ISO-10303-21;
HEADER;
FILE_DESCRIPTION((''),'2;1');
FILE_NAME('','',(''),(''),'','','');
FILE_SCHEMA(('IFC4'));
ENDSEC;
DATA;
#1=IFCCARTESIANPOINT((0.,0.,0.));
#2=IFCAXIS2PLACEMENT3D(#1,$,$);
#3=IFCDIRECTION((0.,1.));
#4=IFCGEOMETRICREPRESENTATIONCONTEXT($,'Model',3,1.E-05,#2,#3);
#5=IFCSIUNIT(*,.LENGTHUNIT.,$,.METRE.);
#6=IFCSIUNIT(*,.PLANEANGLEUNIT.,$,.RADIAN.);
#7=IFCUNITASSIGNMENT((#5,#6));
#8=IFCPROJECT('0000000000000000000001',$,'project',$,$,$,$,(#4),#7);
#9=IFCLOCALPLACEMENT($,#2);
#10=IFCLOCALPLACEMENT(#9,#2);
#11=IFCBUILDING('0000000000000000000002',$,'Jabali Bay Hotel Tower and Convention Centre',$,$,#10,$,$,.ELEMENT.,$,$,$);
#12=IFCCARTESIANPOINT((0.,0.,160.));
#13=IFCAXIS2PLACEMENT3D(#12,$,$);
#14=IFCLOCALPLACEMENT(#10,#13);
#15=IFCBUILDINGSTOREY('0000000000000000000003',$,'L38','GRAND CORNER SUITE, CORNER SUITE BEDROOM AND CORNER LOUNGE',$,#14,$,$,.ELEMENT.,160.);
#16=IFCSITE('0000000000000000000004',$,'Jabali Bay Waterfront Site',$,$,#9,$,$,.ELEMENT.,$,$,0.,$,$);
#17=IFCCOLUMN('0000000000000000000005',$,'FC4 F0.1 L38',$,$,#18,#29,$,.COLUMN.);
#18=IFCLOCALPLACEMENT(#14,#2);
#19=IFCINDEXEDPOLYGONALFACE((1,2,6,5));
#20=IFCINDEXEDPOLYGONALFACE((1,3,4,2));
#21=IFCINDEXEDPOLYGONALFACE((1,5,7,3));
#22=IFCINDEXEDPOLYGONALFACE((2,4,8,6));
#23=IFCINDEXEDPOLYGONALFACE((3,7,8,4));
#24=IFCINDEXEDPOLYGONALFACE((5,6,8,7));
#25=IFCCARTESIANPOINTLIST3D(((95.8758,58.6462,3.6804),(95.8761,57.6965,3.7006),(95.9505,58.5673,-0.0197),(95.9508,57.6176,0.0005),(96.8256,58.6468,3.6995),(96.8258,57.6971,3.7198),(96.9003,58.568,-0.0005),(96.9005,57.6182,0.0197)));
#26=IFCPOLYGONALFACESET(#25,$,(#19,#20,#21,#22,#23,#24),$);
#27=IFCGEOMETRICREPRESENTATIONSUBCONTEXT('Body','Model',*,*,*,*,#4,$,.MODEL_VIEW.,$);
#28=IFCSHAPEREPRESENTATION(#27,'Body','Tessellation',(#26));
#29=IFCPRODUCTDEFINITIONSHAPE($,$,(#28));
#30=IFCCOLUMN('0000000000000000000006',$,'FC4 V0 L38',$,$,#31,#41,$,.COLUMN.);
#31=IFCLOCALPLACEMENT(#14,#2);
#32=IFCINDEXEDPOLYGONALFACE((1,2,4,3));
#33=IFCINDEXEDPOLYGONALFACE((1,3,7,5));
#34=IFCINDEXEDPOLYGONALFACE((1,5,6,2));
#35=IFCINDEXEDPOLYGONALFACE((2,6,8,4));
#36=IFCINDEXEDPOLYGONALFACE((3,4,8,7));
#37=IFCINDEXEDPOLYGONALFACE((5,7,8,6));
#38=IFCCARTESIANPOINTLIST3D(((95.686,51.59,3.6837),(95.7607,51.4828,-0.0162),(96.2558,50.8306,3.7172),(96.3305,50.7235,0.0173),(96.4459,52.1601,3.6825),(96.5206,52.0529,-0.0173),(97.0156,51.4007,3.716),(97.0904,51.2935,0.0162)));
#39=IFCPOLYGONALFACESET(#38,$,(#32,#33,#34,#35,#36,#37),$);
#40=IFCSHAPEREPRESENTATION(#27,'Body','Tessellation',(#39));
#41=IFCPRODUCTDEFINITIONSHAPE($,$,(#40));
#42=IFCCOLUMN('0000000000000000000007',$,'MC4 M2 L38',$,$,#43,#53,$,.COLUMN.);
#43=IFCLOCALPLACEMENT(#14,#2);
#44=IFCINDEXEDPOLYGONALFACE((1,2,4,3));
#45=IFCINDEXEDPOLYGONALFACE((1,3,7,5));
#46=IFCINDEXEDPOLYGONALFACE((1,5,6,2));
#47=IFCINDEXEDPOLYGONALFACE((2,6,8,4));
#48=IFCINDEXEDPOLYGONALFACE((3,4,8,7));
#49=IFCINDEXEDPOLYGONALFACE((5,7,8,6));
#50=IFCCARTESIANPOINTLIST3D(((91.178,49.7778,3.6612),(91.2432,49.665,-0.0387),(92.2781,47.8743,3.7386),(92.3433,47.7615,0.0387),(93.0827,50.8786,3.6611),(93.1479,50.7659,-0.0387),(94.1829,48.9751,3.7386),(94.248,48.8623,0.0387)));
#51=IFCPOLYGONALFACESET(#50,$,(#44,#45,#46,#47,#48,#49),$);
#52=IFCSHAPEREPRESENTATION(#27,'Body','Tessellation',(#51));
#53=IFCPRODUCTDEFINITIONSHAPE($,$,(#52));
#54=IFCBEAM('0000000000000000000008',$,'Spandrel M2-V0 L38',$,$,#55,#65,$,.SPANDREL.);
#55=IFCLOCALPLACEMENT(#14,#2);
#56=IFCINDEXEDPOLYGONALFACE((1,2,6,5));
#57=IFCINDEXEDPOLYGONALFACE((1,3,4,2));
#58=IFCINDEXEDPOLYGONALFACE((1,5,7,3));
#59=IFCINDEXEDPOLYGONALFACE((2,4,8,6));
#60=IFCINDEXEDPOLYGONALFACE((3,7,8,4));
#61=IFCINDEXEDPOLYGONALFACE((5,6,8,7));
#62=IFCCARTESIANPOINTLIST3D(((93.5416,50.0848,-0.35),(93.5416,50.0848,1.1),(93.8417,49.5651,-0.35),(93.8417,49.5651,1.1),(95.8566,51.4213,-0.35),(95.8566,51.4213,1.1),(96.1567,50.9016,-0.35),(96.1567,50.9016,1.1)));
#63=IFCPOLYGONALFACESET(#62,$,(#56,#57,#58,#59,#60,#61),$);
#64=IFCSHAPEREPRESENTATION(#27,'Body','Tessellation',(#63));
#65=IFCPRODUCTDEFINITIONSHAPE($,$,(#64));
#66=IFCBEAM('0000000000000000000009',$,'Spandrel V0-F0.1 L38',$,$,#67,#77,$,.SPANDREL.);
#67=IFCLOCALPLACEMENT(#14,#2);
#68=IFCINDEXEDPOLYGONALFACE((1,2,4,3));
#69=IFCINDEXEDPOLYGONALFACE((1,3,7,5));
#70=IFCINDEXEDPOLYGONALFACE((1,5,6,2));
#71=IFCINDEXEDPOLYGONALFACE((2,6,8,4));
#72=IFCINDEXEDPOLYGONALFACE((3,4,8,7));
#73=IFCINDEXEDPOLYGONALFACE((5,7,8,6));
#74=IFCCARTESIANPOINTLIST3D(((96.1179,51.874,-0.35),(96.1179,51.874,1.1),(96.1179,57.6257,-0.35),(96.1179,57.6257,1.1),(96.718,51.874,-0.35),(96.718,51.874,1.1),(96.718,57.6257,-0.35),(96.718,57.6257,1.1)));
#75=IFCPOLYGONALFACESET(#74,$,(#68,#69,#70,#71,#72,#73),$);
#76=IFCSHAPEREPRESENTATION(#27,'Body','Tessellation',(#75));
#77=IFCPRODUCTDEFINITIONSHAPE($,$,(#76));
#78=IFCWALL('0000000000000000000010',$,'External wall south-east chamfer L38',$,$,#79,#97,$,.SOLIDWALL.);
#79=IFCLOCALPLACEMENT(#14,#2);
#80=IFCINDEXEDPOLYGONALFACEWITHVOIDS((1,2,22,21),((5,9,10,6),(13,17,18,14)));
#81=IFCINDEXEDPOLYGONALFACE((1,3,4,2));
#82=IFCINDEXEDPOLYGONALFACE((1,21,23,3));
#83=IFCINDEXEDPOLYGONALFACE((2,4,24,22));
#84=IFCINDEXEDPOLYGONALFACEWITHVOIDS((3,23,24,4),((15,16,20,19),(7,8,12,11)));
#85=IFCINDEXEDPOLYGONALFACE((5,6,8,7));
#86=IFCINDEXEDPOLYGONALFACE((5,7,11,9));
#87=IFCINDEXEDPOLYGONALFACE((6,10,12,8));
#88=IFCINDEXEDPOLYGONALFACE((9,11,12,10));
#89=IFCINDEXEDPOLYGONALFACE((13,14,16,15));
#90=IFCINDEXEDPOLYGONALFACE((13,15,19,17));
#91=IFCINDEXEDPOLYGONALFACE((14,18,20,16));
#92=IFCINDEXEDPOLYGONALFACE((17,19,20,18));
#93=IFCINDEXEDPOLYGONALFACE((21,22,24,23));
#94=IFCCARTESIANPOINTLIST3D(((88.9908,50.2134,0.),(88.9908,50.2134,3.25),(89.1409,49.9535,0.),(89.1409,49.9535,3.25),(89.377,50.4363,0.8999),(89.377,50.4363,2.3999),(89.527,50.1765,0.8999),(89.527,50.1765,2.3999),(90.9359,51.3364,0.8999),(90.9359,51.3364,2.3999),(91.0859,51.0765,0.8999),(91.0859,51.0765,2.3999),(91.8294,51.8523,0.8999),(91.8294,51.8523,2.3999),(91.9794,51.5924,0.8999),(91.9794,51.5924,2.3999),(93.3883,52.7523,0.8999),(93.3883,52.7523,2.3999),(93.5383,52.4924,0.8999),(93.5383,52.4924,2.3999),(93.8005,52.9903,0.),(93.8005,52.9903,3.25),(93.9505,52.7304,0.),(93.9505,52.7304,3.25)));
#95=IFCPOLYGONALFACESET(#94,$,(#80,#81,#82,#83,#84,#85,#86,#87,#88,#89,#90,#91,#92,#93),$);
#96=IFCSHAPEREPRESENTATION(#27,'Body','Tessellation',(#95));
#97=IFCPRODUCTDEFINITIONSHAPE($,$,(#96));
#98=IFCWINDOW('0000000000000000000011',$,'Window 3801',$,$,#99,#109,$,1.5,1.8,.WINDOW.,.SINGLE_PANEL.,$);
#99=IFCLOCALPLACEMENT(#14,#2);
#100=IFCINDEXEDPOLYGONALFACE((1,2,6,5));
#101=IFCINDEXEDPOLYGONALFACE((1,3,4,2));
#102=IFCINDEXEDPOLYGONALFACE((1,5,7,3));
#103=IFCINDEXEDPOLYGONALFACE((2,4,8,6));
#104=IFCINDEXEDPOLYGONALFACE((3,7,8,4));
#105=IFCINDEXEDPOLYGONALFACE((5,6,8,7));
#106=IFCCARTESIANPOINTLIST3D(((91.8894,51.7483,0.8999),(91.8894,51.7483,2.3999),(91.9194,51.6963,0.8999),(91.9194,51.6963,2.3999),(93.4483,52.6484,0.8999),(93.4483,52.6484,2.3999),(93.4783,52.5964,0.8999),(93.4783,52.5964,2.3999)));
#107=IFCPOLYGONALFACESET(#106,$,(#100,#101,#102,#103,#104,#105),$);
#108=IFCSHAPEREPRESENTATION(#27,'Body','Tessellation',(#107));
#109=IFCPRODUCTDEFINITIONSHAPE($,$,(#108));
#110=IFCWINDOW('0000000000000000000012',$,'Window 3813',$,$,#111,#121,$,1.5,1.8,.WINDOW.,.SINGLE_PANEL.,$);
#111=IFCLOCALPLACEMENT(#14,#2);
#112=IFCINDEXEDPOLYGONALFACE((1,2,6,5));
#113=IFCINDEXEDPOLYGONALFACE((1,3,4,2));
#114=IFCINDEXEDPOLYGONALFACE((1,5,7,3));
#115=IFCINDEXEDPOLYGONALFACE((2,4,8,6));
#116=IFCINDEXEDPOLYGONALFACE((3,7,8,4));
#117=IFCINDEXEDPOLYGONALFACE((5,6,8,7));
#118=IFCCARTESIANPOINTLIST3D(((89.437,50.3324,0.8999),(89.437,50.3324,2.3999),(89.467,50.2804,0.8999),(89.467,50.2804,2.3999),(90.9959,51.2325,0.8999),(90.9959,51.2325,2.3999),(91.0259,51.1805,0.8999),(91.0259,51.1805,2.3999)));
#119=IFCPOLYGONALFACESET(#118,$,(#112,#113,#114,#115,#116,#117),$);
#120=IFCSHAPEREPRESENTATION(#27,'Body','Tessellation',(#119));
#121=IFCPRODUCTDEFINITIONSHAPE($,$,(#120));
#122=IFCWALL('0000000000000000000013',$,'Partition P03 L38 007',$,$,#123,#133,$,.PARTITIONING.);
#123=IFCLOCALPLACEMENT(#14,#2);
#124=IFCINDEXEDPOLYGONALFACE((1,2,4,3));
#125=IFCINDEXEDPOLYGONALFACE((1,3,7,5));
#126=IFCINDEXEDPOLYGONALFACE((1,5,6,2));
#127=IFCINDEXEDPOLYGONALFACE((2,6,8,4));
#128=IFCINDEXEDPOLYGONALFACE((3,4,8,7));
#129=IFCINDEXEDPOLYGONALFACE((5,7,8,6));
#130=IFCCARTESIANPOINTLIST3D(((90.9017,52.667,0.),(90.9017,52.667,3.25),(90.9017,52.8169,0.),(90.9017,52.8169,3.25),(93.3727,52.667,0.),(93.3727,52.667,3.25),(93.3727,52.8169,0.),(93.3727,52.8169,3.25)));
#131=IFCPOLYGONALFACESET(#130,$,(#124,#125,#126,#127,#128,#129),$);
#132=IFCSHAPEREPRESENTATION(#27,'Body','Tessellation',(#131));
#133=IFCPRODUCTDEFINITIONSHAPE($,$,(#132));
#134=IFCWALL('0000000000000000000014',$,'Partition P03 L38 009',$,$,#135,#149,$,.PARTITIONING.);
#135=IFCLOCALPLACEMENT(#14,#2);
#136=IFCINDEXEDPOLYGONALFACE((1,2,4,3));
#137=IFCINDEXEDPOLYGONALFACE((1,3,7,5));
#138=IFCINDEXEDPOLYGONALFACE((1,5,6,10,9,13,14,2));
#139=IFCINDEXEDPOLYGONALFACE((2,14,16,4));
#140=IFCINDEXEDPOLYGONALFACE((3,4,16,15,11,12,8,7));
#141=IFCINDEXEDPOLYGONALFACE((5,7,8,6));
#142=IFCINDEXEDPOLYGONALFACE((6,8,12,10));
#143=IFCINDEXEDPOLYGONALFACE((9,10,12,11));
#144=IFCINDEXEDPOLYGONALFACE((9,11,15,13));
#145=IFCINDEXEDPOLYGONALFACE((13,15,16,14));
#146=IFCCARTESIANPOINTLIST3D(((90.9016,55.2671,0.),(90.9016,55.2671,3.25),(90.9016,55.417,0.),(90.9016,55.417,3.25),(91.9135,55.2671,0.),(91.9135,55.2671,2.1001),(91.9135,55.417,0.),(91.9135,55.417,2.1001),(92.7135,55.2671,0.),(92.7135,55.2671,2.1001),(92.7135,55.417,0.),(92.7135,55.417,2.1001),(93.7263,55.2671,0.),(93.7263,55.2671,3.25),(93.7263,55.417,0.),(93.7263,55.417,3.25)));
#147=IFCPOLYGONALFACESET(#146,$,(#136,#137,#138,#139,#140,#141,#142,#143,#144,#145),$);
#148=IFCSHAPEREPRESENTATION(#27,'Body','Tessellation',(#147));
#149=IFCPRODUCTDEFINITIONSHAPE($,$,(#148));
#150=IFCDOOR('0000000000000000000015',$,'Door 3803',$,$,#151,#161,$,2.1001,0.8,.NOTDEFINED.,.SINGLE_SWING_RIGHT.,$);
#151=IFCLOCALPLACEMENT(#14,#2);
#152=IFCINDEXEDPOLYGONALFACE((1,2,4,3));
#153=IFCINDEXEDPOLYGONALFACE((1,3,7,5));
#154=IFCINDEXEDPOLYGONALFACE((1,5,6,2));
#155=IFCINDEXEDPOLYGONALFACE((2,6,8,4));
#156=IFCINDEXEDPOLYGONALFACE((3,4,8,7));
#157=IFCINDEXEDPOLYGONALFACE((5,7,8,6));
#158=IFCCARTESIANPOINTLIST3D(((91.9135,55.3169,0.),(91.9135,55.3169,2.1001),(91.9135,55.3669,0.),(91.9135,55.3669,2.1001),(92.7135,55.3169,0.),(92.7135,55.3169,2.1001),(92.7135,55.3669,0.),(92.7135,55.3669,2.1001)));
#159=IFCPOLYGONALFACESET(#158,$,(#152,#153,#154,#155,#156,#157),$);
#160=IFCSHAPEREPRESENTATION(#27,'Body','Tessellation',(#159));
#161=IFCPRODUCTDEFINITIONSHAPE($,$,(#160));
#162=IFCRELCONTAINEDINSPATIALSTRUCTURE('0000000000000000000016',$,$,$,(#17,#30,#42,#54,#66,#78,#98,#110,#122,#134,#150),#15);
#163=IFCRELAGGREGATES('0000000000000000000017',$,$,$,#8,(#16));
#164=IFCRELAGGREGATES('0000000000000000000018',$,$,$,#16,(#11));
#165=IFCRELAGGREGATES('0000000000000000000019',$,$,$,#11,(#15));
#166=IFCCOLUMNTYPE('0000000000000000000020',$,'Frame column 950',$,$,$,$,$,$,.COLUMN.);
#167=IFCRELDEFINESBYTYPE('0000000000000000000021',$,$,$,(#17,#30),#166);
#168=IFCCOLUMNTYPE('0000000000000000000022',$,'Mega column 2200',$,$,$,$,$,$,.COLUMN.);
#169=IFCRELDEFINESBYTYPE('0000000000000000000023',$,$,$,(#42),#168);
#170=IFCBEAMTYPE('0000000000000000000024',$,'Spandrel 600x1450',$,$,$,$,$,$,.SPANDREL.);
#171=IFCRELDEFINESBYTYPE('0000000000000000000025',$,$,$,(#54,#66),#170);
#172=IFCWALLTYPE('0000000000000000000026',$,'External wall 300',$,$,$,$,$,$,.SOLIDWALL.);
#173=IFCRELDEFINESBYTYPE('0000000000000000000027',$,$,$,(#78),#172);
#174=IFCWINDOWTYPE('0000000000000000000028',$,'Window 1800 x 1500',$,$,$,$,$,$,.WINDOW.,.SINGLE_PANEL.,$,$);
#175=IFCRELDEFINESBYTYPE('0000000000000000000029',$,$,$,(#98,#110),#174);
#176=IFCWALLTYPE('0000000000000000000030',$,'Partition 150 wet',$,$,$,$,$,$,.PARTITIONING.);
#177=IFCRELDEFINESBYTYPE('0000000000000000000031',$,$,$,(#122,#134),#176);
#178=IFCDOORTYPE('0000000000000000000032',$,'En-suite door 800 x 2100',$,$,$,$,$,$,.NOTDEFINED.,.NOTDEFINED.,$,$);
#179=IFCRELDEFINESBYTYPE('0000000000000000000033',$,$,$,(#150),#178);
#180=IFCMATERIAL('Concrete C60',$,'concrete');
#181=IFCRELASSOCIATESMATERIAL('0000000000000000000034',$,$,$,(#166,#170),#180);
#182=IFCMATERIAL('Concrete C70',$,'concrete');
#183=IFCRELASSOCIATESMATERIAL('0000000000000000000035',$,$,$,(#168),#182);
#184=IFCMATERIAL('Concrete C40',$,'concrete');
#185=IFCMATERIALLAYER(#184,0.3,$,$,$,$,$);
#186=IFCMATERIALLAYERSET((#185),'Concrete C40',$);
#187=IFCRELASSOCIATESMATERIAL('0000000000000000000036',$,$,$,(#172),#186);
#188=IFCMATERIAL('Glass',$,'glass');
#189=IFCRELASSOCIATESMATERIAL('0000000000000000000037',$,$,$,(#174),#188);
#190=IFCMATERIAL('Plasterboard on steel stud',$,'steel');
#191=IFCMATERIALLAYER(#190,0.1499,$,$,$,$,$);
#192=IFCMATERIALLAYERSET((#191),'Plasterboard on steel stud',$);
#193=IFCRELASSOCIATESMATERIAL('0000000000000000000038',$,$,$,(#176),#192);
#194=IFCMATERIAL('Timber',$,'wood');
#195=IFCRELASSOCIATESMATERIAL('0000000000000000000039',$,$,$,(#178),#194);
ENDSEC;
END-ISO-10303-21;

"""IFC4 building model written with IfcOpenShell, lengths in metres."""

from ifc_helpers import new_model, si_unit, direction, frame, frame_2d, origin, origin_2d, place, context, subcontext, project, spatial, rectangle, extrude, material, layer, layer_set, material_profile, profile_set, type_object, element, fill, save


model = new_model("IFC4")

# Units and contexts
model_context = context("Model", 3, precision=1e-05, world=origin(), true_north=direction((0.0, 1.0)))
body_context = subcontext(model_context, "Body", "Model", "MODEL_VIEW")
ifc_project = project(units=[si_unit("LENGTHUNIT", "METRE"), si_unit("PLANEANGLEUNIT", "RADIAN")], contexts=[model_context])

# Site, building, storey
site_placement = place(None, origin())
site = spatial("IfcSite", under=ifc_project, at=site_placement, Name="Jabali Bay Waterfront Site", CompositionType="ELEMENT", RefElevation=0.0)
building_placement = place(site_placement, origin())
building = spatial("IfcBuilding", under=site, at=building_placement, Name="Jabali Bay Hotel Tower and Convention Centre", CompositionType="ELEMENT")
storey_placement = place(building_placement, frame((0.0, 0.0, 160.0)))
storey = spatial("IfcBuildingStorey", under=building, at=storey_placement, Name="L38", Description="GRAND CORNER SUITE, CORNER SUITE BEDROOM AND CORNER LOUNGE", CompositionType="ELEMENT", Elevation=160.0)

# Columns
ifc_material_1 = material(Name="Concrete C60", Category="concrete")
ifc_material_profile_1 = material_profile(ifc_material_1, rectangle(XDim=0.95, YDim=0.95, at=origin_2d()), Name="Frame column 950")
ifc_profile_set_1 = profile_set([ifc_material_profile_1], Name="Concrete C60")
column_type_1 = type_object("IfcColumnType", Name="Frame column 950", PredefinedType="COLUMN", material=ifc_profile_set_1)
column_1_placement = place(storey_placement, frame((96.4255, 58.0928, 0.0), z_axis=(-0.020183, 0.021304, 0.999569), x_axis=(0.000228, -0.999773, 0.021313)))
element("IfcColumn", 1, at=column_1_placement, inside=storey, type_object=column_type_1, Name="FC4 F0.1 L38", PredefinedType="COLUMN", context=body_context, shape_type="SweptSolid", body=[
    extrude(rectangle(XDim=0.95, YDim=0.95, at=origin_2d()), origin(), (0.0, 0.0, 1.0), 3.7017),
])
column_2_placement = place(storey_placement, frame((96.4255, 51.3882, 0.0), z_axis=(-0.020179, 0.028949, 0.999377), x_axis=(-0.799917, -0.600109, 0.001232)))
element("IfcColumn", 2, at=column_2_placement, inside=storey, type_object=column_type_1, Name="FC4 V0 L38", PredefinedType="COLUMN", context=body_context, shape_type="SweptSolid", body=[
    extrude(rectangle(XDim=0.95, YDim=0.95, at=origin_2d()), origin(), (0.0, 0.0, 1.0), 3.7021),
])
ifc_material_2 = material(Name="Concrete C70", Category="concrete")
ifc_material_profile_2 = material_profile(ifc_material_2, rectangle(XDim=2.2, YDim=2.2, at=origin_2d()), Name="Mega column 2200")
ifc_profile_set_2 = profile_set([ifc_material_profile_2], Name="Concrete C70")
column_type_2 = type_object("IfcColumnType", Name="Mega column 2200", PredefinedType="COLUMN", material=ifc_profile_set_2)
column_3_placement = place(storey_placement, frame((92.7456, 49.2637, 0.0), z_axis=(-0.017607, 0.030466, 0.999381), x_axis=(-0.865808, -0.500377, 0.0)))
element("IfcColumn", 3, at=column_3_placement, inside=storey, type_object=column_type_2, Name="MC4 M2 L38", PredefinedType="COLUMN", context=body_context, shape_type="SweptSolid", body=[
    extrude(rectangle(XDim=2.2, YDim=2.2, at=origin_2d()), origin(), (0.0, 0.0, 1.0), 3.7021),
])

# Beams
ifc_material_profile_3 = material_profile(ifc_material_1, rectangle(XDim=0.6001, YDim=1.45, at=origin_2d()), Name="Spandrel 600x1450")
ifc_profile_set_3 = profile_set([ifc_material_profile_3], Name="Concrete C60")
beam_type = type_object("IfcBeamType", Name="Spandrel 600x1450", PredefinedType="SPANDREL", material=ifc_profile_set_3)
beam_1_placement = place(storey_placement, frame((93.6917, 49.825, 0.375), z_axis=(0.866043, 0.49997, 0.0), x_axis=(-0.49997, 0.866043, 0.0)))
element("IfcBeam", 4, at=beam_1_placement, inside=storey, type_object=beam_type, Name="Spandrel M2-V0 L38", PredefinedType="SPANDREL", context=body_context, shape_type="SweptSolid", body=[
    extrude(rectangle(XDim=0.6001, YDim=1.45, at=origin_2d()), origin(), (0.0, 0.0, 1.0), 2.6731),
])
beam_2_placement = place(storey_placement, frame((96.418, 51.874, 0.375), z_axis=(0.0, 1.0, 0.0), x_axis=(-1.0, 0.0, 0.0)))
element("IfcBeam", 5, at=beam_2_placement, inside=storey, type_object=beam_type, Name="Spandrel V0-F0.1 L38", PredefinedType="SPANDREL", context=body_context, shape_type="SweptSolid", body=[
    extrude(rectangle(XDim=0.6001, YDim=1.45, at=origin_2d()), origin(), (0.0, 0.0, 1.0), 5.7517),
])

# Wall, openings, windows
ifc_material_3 = material(Name="Concrete C40", Category="concrete")
ifc_layer_1 = layer(ifc_material_3, 0.3)
ifc_layer_set_1 = layer_set([ifc_layer_1], Name="Concrete C40")
wall_type_1 = type_object("IfcWallType", Name="External wall 300", PredefinedType="SOLIDWALL", material=ifc_layer_set_1)
wall_1_placement = place(storey_placement, frame((93.8755, 52.8604, 0.0), z_axis=(0.0, 0.0, 1.0), x_axis=(-0.866022, -0.500007, 0.0)))
wall_1 = element("IfcWall", 6, at=wall_1_placement, inside=storey, type_object=wall_type_1, Name="External wall south-east chamfer L38", PredefinedType="SOLIDWALL", context=body_context, shape_type="SweptSolid", body=[
    extrude(rectangle(XDim=5.5537, YDim=0.3, at=frame_2d((2.7769, 0.0))), origin(), (0.0, 0.0, 1.0), 3.25),
])
opening_1_placement = place(wall_1_placement, frame((0.4761, 0.0, 0.8999)))
opening_1 = element("IfcOpeningElement", 7, at=opening_1_placement, cuts=wall_1, PredefinedType="OPENING", context=body_context, shape_type="SweptSolid", body=[
    extrude(rectangle(XDim=1.8, YDim=1.5, at=frame_2d((0.8999, 0.75))), frame((0.0, 0.1606, 0.0), z_axis=(0.0, -1.0, 0.0), x_axis=(1.0, 0.0, 0.0)), (0.0, 0.0, 1.0), 0.321),
])
opening_2_placement = place(wall_1_placement, frame((3.3079, 0.0, 0.8999)))
opening_2 = element("IfcOpeningElement", 8, at=opening_2_placement, cuts=wall_1, PredefinedType="OPENING", context=body_context, shape_type="SweptSolid", body=[
    extrude(rectangle(XDim=1.8, YDim=1.5, at=frame_2d((0.8999, 0.75))), frame((0.0, 0.1606, 0.0), z_axis=(0.0, -1.0, 0.0), x_axis=(1.0, 0.0, 0.0)), (0.0, 0.0, 1.0), 0.321),
])
ifc_material_4 = material(Name="Glass", Category="glass")
window_type = type_object("IfcWindowType", Name="Window 1800 x 1500", PartitioningType="SINGLE_PANEL", PredefinedType="WINDOW", material=ifc_material_4)
window_1_placement = place(opening_1_placement, origin())
window_1 = element("IfcWindow", 9, at=window_1_placement, inside=storey, type_object=window_type, Name="Window 3801", OverallHeight=1.5, OverallWidth=1.8, PartitioningType="SINGLE_PANEL", PredefinedType="WINDOW", context=body_context, shape_type="SweptSolid", body=[
    extrude(rectangle(XDim=1.8, YDim=1.5, at=frame_2d((0.8999, 0.75))), frame((0.0, 0.03, 0.0), z_axis=(0.0, -1.0, 0.0), x_axis=(1.0, 0.0, 0.0)), (0.0, 0.0, 1.0), 0.0601),
])
fill(opening_1, window_1)
window_2_placement = place(opening_2_placement, origin())
window_2 = element("IfcWindow", 10, at=window_2_placement, inside=storey, type_object=window_type, Name="Window 3813", OverallHeight=1.5, OverallWidth=1.8, PartitioningType="SINGLE_PANEL", PredefinedType="WINDOW", context=body_context, shape_type="SweptSolid", body=[
    extrude(rectangle(XDim=1.8, YDim=1.5, at=frame_2d((0.8999, 0.75))), frame((0.0, 0.03, 0.0), z_axis=(0.0, -1.0, 0.0), x_axis=(1.0, 0.0, 0.0)), (0.0, 0.0, 1.0), 0.0601),
])
fill(opening_2, window_2)

# Wall
ifc_material_5 = material(Name="Plasterboard on steel stud", Category="steel")
ifc_layer_2 = layer(ifc_material_5, 0.1499)
ifc_layer_set_2 = layer_set([ifc_layer_2], Name="Plasterboard on steel stud")
wall_type_2 = type_object("IfcWallType", Name="Partition 150 wet", PredefinedType="PARTITIONING", material=ifc_layer_set_2)
wall_2_placement = place(storey_placement, frame((93.3726, 52.7419, 0.0), z_axis=(0.0, 0.0, 1.0), x_axis=(-1.0, 0.0, 0.0)))
element("IfcWall", 11, at=wall_2_placement, inside=storey, type_object=wall_type_2, Name="Partition P03 L38 007", PredefinedType="PARTITIONING", context=body_context, shape_type="SweptSolid", body=[
    extrude(rectangle(XDim=2.4709, YDim=0.1499, at=frame_2d((1.2354, 0.0))), origin(), (0.0, 0.0, 1.0), 3.25),
])

# Wall, opening, door
wall_3_placement = place(storey_placement, frame((90.9016, 55.342, 0.0), z_axis=(0.0, 0.0, 1.0), x_axis=(1.0, 0.0, 0.0)))
wall_3 = element("IfcWall", 12, at=wall_3_placement, inside=storey, type_object=wall_type_2, Name="Partition P03 L38 009", PredefinedType="PARTITIONING", context=body_context, shape_type="SweptSolid", body=[
    extrude(rectangle(XDim=2.8247, YDim=0.1499, at=frame_2d((1.4124, 0.0))), origin(), (0.0, 0.0, 1.0), 3.25),
])
opening_3_placement = place(wall_3_placement, frame((1.012, 0.0, 0.0)))
opening_3 = element("IfcOpeningElement", 13, at=opening_3_placement, cuts=wall_3, PredefinedType="OPENING", context=body_context, shape_type="SweptSolid", body=[
    extrude(rectangle(XDim=0.8, YDim=2.1001, at=frame_2d((0.3999, 1.05))), frame((0.0, 0.0854, 0.0), z_axis=(0.0, -1.0, 0.0), x_axis=(1.0, 0.0, 0.0)), (0.0, 0.0, 1.0), 0.1709),
])
ifc_material_6 = material(Name="Timber", Category="wood")
door_type = type_object("IfcDoorType", Name="En-suite door 800 x 2100", OperationType="NOTDEFINED", PredefinedType="NOTDEFINED", material=ifc_material_6)
door_placement = place(opening_3_placement, origin())
door = element("IfcDoor", 14, at=door_placement, inside=storey, type_object=door_type, Name="Door 3803", OperationType="SINGLE_SWING_RIGHT", OverallHeight=2.1001, OverallWidth=0.8, PredefinedType="NOTDEFINED", context=body_context, shape_type="SweptSolid", body=[
    extrude(rectangle(XDim=0.8, YDim=2.1001, at=frame_2d((0.3999, 1.05))), frame((0.0, 0.0249, 0.0), z_axis=(0.0, -1.0, 0.0), x_axis=(1.0, 0.0, 0.0)), (0.0, 0.0, 1.0), 0.05),
])
fill(opening_3, door)

save(model, "model.ifc")
